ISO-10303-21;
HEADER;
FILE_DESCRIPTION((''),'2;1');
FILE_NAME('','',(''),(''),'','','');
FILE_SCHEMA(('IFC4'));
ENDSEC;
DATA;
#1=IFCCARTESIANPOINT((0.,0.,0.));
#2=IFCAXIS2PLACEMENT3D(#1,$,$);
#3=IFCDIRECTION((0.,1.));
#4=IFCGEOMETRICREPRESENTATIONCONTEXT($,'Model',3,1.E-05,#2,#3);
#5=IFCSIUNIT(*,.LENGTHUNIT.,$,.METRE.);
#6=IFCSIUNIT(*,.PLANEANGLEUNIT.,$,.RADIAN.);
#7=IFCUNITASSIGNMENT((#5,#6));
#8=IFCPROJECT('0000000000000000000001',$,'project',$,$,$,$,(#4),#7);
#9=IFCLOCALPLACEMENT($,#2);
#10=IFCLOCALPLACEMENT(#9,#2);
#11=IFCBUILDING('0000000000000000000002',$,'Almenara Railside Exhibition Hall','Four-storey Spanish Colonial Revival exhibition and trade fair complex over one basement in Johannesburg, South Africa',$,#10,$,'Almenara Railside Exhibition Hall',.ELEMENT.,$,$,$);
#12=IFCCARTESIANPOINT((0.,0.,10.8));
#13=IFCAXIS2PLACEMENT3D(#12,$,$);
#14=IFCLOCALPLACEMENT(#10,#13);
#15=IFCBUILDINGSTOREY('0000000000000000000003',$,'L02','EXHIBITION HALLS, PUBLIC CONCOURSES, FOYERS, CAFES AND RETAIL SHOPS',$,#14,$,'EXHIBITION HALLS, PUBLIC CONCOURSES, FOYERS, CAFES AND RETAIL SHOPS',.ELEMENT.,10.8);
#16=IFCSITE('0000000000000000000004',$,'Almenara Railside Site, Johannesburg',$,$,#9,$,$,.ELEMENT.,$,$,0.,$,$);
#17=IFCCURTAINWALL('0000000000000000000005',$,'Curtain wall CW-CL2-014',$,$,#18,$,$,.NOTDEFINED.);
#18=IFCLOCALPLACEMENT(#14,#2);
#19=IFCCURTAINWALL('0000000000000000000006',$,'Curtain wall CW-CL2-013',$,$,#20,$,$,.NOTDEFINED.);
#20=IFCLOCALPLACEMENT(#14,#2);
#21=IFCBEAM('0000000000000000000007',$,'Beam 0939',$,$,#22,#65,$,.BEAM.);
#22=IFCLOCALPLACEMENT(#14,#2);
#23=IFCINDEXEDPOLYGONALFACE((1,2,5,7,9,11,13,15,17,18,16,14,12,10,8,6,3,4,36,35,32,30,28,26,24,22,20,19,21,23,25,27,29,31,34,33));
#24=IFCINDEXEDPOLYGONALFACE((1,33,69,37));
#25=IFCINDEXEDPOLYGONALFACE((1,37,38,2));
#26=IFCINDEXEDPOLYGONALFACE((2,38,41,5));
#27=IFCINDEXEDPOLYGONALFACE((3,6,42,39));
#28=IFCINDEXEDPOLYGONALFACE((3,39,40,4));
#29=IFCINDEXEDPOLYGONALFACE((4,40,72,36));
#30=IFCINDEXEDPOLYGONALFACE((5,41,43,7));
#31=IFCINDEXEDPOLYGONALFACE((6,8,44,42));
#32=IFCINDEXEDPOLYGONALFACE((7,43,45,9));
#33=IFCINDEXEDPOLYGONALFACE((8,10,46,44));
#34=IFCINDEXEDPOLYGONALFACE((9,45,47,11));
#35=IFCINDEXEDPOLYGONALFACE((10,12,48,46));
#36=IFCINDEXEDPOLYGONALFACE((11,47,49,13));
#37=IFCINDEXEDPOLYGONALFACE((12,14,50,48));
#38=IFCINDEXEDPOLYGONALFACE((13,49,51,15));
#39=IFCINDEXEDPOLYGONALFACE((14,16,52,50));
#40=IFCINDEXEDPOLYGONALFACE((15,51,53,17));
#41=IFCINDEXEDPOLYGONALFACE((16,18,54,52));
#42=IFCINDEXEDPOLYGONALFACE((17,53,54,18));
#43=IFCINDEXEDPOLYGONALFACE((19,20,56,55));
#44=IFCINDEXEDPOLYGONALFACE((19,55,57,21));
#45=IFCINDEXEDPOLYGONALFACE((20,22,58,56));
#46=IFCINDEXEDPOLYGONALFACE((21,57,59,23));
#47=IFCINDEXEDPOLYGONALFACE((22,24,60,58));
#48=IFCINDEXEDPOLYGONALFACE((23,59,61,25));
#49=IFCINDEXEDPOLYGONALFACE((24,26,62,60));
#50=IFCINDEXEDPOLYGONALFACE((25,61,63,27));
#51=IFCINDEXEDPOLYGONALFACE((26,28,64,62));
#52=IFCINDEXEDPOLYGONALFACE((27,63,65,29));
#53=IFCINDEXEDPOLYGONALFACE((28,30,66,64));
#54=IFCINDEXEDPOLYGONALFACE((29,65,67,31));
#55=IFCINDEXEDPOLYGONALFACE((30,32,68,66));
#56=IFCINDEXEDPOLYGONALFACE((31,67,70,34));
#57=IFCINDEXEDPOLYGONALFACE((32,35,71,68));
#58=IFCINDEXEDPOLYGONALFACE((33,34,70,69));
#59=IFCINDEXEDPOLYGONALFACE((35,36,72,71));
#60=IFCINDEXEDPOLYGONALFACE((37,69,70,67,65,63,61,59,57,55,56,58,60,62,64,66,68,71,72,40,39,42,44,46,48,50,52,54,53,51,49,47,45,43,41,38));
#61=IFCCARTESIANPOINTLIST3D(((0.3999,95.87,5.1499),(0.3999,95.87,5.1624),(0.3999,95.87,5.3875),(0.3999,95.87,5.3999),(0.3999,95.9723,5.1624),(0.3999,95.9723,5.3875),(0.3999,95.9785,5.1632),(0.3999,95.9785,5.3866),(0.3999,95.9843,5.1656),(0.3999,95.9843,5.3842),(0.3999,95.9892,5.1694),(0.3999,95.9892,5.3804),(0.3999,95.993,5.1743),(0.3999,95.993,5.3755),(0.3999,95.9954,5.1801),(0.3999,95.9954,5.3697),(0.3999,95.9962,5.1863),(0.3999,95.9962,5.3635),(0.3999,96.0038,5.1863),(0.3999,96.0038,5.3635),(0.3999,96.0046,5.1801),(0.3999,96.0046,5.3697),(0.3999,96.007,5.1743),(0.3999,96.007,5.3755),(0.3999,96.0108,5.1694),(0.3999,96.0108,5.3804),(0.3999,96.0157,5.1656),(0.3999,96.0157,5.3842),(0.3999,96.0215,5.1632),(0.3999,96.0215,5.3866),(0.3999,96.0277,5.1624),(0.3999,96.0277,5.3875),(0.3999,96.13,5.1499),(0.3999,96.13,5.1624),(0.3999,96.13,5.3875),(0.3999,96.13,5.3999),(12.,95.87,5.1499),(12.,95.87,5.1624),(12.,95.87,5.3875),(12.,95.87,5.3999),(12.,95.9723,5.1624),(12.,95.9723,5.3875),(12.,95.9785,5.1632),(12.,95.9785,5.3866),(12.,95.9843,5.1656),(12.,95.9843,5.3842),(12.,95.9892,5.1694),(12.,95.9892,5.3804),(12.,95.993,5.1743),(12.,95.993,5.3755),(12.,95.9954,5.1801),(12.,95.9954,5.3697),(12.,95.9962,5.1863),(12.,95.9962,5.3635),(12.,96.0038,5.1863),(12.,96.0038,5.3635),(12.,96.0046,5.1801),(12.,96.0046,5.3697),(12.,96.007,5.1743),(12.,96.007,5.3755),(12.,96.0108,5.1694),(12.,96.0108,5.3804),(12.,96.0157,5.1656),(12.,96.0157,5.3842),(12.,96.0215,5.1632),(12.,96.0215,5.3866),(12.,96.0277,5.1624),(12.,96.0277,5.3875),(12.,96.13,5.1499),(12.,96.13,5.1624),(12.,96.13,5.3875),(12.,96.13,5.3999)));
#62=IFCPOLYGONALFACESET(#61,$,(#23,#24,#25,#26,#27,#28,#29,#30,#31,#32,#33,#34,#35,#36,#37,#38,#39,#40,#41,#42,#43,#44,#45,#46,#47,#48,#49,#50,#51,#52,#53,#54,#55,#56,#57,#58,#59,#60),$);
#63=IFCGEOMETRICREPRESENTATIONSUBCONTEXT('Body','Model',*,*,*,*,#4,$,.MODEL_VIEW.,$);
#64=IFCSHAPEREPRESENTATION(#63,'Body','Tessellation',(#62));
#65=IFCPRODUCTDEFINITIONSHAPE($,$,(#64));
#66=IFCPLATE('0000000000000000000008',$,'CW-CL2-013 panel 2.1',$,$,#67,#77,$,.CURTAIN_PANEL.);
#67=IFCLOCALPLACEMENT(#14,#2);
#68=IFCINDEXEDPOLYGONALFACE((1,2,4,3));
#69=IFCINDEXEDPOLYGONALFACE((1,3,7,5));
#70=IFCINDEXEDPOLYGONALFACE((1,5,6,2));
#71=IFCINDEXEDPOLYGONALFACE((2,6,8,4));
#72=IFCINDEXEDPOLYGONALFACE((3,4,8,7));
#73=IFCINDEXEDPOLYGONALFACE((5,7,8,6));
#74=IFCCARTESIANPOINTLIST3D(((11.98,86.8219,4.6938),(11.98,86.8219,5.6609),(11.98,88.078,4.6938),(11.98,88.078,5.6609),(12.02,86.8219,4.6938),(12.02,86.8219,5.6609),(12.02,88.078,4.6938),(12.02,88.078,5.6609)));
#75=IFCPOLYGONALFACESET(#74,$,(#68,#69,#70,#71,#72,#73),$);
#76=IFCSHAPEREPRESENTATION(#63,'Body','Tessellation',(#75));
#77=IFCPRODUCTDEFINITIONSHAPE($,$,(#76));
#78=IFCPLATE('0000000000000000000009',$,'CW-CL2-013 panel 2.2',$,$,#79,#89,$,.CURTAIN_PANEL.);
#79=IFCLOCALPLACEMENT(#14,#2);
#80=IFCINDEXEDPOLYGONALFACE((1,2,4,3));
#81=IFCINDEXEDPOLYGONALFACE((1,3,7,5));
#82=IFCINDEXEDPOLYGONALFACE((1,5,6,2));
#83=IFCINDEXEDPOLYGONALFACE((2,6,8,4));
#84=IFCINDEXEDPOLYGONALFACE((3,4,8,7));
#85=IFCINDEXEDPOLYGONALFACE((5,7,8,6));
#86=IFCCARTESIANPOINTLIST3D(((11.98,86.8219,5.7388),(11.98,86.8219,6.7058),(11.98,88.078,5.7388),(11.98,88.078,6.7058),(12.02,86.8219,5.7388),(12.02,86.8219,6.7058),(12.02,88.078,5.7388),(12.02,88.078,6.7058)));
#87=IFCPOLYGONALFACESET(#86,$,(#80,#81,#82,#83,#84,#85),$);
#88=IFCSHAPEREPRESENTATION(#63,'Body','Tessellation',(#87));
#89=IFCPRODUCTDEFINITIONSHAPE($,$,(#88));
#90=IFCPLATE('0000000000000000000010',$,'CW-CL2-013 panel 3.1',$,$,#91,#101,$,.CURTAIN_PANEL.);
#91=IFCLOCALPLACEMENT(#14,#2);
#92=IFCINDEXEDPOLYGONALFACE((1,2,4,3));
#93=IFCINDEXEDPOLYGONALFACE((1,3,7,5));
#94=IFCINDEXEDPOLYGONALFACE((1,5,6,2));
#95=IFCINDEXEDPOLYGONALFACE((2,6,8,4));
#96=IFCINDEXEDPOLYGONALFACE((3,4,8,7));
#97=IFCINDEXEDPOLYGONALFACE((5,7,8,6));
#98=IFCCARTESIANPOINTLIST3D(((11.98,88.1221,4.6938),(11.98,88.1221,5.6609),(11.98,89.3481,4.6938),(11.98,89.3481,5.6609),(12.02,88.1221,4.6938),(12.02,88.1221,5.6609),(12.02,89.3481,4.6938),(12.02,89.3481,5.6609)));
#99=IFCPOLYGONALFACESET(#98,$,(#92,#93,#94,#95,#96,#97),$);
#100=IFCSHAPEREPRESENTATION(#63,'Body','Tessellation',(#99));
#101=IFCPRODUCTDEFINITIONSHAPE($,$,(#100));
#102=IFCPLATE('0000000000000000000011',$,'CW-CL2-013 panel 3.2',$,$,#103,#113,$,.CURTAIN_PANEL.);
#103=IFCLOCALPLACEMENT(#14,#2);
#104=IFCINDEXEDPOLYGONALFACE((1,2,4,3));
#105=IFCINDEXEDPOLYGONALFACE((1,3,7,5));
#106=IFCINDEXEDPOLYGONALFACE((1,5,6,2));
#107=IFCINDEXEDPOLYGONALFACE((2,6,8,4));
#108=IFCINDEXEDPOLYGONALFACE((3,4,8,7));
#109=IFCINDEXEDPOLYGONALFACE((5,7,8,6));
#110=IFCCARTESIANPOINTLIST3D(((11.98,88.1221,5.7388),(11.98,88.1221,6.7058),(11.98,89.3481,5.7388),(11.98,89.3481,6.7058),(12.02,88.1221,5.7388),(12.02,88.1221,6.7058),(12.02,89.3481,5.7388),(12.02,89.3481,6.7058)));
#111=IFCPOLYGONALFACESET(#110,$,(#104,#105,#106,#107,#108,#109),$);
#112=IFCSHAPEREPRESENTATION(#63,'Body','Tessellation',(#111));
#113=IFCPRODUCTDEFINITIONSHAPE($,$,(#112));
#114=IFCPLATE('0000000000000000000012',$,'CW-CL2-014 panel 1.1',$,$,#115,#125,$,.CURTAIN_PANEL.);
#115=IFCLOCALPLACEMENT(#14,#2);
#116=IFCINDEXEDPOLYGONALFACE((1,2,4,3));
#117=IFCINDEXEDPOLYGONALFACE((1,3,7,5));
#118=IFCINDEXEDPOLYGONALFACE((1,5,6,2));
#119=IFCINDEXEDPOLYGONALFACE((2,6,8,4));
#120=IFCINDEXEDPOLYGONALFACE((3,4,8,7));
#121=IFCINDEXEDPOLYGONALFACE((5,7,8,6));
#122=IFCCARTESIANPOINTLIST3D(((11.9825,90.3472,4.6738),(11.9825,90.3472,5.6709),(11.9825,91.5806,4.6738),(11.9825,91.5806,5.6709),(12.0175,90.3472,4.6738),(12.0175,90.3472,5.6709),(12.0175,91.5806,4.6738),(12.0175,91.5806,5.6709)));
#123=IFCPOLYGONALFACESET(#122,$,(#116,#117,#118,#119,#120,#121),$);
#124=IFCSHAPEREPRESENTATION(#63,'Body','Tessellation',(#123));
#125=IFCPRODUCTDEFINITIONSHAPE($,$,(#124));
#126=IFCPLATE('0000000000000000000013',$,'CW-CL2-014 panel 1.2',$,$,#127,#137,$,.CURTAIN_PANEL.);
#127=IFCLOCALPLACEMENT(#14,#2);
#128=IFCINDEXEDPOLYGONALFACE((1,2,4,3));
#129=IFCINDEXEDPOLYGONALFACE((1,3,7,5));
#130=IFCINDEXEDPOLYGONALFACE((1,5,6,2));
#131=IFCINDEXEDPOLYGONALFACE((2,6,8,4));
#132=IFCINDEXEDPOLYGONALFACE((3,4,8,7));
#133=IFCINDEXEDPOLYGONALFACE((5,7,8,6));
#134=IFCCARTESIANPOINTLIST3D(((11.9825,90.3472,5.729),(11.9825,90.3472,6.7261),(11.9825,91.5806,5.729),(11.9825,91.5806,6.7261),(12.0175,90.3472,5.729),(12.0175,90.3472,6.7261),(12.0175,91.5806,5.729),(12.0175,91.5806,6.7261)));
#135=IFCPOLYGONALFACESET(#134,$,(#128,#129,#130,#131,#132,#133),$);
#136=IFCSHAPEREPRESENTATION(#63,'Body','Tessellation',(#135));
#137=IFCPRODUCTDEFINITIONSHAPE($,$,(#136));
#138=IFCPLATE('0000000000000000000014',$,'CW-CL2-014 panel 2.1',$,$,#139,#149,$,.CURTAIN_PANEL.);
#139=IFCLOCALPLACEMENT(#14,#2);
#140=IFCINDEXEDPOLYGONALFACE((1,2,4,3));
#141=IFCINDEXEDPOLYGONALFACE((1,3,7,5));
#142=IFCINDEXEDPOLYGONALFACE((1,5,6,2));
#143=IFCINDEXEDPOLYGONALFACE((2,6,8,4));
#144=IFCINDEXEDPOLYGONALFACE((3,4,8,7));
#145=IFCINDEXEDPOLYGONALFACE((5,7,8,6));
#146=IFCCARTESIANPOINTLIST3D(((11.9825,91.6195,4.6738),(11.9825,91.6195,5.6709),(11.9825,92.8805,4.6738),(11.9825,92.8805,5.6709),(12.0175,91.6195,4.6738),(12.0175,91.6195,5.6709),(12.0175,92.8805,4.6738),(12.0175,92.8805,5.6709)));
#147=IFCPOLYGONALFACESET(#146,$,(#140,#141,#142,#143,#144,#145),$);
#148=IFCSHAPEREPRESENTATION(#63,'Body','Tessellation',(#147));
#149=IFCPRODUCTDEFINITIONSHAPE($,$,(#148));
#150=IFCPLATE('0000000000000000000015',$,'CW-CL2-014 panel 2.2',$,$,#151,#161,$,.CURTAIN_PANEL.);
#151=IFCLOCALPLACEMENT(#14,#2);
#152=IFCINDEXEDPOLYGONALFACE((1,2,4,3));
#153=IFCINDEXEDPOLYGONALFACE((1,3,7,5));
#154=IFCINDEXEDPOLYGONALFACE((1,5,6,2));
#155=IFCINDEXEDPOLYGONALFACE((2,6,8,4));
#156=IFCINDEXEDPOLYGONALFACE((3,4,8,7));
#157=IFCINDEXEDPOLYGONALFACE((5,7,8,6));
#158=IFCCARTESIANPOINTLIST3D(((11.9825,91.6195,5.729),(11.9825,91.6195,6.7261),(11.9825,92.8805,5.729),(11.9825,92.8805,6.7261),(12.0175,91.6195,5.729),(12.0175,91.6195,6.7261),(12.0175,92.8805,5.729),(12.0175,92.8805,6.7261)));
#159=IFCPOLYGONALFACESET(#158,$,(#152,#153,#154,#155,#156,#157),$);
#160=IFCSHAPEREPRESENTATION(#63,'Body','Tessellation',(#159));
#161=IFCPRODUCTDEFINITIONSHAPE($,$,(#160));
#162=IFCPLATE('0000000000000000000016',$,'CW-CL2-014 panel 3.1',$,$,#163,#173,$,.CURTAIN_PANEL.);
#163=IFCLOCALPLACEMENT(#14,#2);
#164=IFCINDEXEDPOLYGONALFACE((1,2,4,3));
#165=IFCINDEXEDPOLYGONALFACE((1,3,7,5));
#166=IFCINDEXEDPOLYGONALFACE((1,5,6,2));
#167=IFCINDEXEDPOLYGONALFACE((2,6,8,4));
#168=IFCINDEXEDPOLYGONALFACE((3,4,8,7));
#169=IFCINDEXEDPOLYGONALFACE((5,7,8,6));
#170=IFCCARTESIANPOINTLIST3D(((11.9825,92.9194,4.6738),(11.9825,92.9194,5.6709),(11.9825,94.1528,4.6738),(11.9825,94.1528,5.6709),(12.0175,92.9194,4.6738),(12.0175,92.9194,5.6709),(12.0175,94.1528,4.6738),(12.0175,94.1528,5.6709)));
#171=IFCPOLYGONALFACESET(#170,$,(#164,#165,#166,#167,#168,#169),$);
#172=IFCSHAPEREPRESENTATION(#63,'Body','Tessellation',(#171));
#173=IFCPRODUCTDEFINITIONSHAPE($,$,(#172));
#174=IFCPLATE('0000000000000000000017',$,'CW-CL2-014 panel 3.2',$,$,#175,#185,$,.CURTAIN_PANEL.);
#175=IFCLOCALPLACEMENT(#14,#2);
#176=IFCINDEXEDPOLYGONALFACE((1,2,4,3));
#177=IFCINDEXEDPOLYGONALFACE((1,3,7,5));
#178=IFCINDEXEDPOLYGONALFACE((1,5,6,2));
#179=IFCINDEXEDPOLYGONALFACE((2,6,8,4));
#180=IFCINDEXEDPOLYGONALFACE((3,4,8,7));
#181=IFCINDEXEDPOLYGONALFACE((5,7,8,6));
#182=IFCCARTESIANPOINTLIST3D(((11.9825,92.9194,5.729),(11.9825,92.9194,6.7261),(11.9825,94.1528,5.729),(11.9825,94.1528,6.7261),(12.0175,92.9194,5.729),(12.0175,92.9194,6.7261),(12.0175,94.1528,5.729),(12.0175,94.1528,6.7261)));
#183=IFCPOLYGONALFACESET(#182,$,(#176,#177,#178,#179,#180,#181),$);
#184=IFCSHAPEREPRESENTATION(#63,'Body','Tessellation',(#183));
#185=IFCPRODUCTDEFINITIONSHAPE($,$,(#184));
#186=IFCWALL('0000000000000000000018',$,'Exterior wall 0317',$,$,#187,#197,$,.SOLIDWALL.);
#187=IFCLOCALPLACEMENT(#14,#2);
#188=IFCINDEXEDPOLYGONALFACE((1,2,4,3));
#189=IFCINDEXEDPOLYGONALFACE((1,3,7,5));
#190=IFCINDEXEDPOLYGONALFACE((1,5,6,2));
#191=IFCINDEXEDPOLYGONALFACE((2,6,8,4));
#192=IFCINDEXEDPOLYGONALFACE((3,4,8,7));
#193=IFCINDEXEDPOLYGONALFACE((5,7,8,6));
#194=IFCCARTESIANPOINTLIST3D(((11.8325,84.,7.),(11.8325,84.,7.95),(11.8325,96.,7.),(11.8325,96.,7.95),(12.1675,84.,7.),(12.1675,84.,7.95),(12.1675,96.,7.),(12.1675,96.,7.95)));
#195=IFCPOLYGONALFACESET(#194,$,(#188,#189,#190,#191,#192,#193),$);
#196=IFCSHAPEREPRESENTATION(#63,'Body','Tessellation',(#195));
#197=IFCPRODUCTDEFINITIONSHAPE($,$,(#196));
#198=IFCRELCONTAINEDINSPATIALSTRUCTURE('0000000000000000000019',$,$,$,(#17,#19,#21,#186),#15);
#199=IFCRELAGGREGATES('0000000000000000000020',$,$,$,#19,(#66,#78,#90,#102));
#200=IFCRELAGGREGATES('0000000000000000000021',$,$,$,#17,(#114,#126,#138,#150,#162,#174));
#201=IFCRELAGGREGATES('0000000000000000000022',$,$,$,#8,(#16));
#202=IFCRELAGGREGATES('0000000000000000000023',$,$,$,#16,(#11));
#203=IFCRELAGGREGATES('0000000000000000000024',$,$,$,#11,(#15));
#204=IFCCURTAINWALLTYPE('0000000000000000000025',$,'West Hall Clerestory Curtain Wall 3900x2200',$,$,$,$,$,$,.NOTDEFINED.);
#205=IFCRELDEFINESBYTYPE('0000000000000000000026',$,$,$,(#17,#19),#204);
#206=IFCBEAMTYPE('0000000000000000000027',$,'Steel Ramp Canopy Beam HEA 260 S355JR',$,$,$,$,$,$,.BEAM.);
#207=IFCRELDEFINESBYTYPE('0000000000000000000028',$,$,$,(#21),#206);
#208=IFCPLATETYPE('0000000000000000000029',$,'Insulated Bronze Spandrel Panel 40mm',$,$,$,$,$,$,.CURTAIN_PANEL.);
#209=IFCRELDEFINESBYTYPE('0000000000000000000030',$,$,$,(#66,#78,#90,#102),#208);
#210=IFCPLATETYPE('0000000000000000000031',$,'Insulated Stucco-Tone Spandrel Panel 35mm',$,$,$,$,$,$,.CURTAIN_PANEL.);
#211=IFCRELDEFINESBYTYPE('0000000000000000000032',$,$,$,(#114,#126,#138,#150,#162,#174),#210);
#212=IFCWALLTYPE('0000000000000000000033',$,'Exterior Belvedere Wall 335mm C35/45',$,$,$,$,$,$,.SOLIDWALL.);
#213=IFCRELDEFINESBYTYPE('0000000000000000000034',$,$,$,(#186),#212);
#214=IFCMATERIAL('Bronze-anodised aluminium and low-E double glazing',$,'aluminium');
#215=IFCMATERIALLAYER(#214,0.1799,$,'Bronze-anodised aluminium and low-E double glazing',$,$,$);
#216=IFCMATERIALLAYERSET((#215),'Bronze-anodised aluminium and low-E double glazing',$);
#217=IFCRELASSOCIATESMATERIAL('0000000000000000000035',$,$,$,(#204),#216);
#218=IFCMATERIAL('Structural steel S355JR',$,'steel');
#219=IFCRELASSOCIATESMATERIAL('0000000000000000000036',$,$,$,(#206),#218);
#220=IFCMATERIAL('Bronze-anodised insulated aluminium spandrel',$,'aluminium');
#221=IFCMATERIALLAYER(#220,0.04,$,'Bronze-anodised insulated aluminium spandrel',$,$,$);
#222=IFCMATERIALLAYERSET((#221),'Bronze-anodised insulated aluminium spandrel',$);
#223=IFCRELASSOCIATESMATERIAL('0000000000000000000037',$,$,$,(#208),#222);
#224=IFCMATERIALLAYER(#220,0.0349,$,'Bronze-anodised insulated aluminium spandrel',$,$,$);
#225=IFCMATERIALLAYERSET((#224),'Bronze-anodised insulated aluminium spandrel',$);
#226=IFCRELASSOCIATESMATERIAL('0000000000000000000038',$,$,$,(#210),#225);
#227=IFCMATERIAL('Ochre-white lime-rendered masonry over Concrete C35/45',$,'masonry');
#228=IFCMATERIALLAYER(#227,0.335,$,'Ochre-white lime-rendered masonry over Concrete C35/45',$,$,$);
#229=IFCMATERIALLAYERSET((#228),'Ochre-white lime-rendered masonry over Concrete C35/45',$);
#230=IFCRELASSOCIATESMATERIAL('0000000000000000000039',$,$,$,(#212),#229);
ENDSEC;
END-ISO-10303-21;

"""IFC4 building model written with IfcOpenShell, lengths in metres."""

from ifc_helpers import new_model, si_unit, direction, frame, frame_2d, origin, origin_2d, place, context, subcontext, project, spatial, rectangle, i_section, extrude, material, layer, layer_set, material_profile, profile_set, type_object, element, aggregate, save


model = new_model("IFC4")

# Units and contexts
model_context = context("Model", 3, precision=1e-05, world=origin(), true_north=direction((0.0, 1.0)))
body_context = subcontext(model_context, "Body", "Model", "MODEL_VIEW")
ifc_project = project(units=[si_unit("LENGTHUNIT", "METRE"), si_unit("PLANEANGLEUNIT", "RADIAN")], contexts=[model_context])

# Site, building, storey
site_placement = place(None, origin())
site = spatial("IfcSite", under=ifc_project, at=site_placement, Name="Almenara Railside Site, Johannesburg", CompositionType="ELEMENT", RefElevation=0.0)
building_placement = place(site_placement, origin())
building = spatial("IfcBuilding", under=site, at=building_placement, Name="Almenara Railside Exhibition Hall", Description="Four-storey Spanish Colonial Revival exhibition and trade fair complex over one basement in Johannesburg, South Africa", LongName="Almenara Railside Exhibition Hall", CompositionType="ELEMENT")
storey_placement = place(building_placement, frame((0.0, 0.0, 10.8)))
storey = spatial("IfcBuildingStorey", under=building, at=storey_placement, Name="L02", Description="EXHIBITION HALLS, PUBLIC CONCOURSES, FOYERS, CAFES AND RETAIL SHOPS", LongName="EXHIBITION HALLS, PUBLIC CONCOURSES, FOYERS, CAFES AND RETAIL SHOPS", CompositionType="ELEMENT", Elevation=10.8)

# Shared definitions
ifc_material_1 = material(Name="Structural steel S355JR", Category="steel")

# Curtain walls
ifc_material_2 = material(Name="Bronze-anodised aluminium and low-E double glazing", Category="aluminium")
ifc_layer_1 = layer(ifc_material_2, 0.1799, Name="Bronze-anodised aluminium and low-E double glazing")
ifc_layer_set_1 = layer_set([ifc_layer_1], Name="Bronze-anodised aluminium and low-E double glazing")
curtain_wall_type_1 = type_object("IfcCurtainWallType", Name="West Hall Clerestory Curtain Wall 3900x2200", PredefinedType="NOTDEFINED", material=ifc_layer_set_1)
curtain_wall_1_placement = place(storey_placement, origin())
curtain_wall_1 = element("IfcCurtainWall", 1, at=curtain_wall_1_placement, inside=storey, type_object=curtain_wall_type_1, Name="Curtain wall CW-CL2-014", PredefinedType="NOTDEFINED")
curtain_wall_2_placement = place(storey_placement, origin())
curtain_wall_2 = element("IfcCurtainWall", 2, at=curtain_wall_2_placement, inside=storey, type_object=curtain_wall_type_1, Name="Curtain wall CW-CL2-013", PredefinedType="NOTDEFINED")

# Beam
ifc_material_profile_1 = material_profile(ifc_material_1, i_section(OverallWidth=0.26, OverallDepth=0.25, WebThickness=0.0076, FlangeThickness=0.0125, FilletRadius=0.0239, at=origin_2d()), Name="HEA 260")
ifc_profile_set_1 = profile_set([ifc_material_profile_1], Name="Structural steel S355JR")
beam_type_1 = type_object("IfcBeamType", Name="Steel Ramp Canopy Beam HEA 260 S355JR", PredefinedType="BEAM", material=ifc_profile_set_1)
beam_1_placement = place(storey_placement, frame((0.3999, 96.0, 5.2749), z_axis=(1.0, 0.0, 0.0), x_axis=(0.0, 1.0, 0.0)))
element("IfcBeam", 3, at=beam_1_placement, inside=storey, type_object=beam_type_1, Name="Beam 0939", PredefinedType="BEAM", context=body_context, shape_type="SweptSolid", body=[
    extrude(i_section(OverallWidth=0.26, OverallDepth=0.25, WebThickness=0.0076, FlangeThickness=0.0125, FilletRadius=0.0239, at=origin_2d()), origin(), (0.0, 0.0, 1.0), 11.6001),
])

# Plates
ifc_material_3 = material(Name="Bronze-anodised insulated aluminium spandrel", Category="aluminium")
ifc_layer_2 = layer(ifc_material_3, 0.04, Name="Bronze-anodised insulated aluminium spandrel")
ifc_layer_set_2 = layer_set([ifc_layer_2], Name="Bronze-anodised insulated aluminium spandrel")
plate_type_1 = type_object("IfcPlateType", Name="Insulated Bronze Spandrel Panel 40mm", PredefinedType="CURTAIN_PANEL", material=ifc_layer_set_2)
plate_1_placement = place(storey_placement, frame((12.0, 87.45, 4.6938), z_axis=(0.0, 0.0, 1.0), x_axis=(0.0, 1.0, 0.0)))
plate_1 = element("IfcPlate", 4, at=plate_1_placement, type_object=plate_type_1, Name="CW-CL2-013 panel 2.1", PredefinedType="CURTAIN_PANEL", context=body_context, shape_type="SweptSolid", body=[
    extrude(rectangle(XDim=1.2561, YDim=0.04, at=origin_2d()), origin(), (0.0, 0.0, 1.0), 0.967),
])
plate_2_placement = place(storey_placement, frame((12.0, 87.45, 5.7388), z_axis=(0.0, 0.0, 1.0), x_axis=(0.0, 1.0, 0.0)))
plate_2 = element("IfcPlate", 5, at=plate_2_placement, type_object=plate_type_1, Name="CW-CL2-013 panel 2.2", PredefinedType="CURTAIN_PANEL", context=body_context, shape_type="SweptSolid", body=[
    extrude(rectangle(XDim=1.2561, YDim=0.04, at=origin_2d()), origin(), (0.0, 0.0, 1.0), 0.967),
])
plate_3_placement = place(storey_placement, frame((12.0, 88.7351, 4.6938), z_axis=(0.0, 0.0, 1.0), x_axis=(0.0, 1.0, 0.0)))
plate_3 = element("IfcPlate", 6, at=plate_3_placement, type_object=plate_type_1, Name="CW-CL2-013 panel 3.1", PredefinedType="CURTAIN_PANEL", context=body_context, shape_type="SweptSolid", body=[
    extrude(rectangle(XDim=1.2261, YDim=0.04, at=origin_2d()), origin(), (0.0, 0.0, 1.0), 0.967),
])
plate_4_placement = place(storey_placement, frame((12.0, 88.7351, 5.7388), z_axis=(0.0, 0.0, 1.0), x_axis=(0.0, 1.0, 0.0)))
plate_4 = element("IfcPlate", 7, at=plate_4_placement, type_object=plate_type_1, Name="CW-CL2-013 panel 3.2", PredefinedType="CURTAIN_PANEL", context=body_context, shape_type="SweptSolid", body=[
    extrude(rectangle(XDim=1.2261, YDim=0.04, at=origin_2d()), origin(), (0.0, 0.0, 1.0), 0.967),
])
aggregate(curtain_wall_2, [plate_1, plate_2, plate_3, plate_4])
ifc_layer_3 = layer(ifc_material_3, 0.0349, Name="Bronze-anodised insulated aluminium spandrel")
ifc_layer_set_3 = layer_set([ifc_layer_3], Name="Bronze-anodised insulated aluminium spandrel")
plate_type_2 = type_object("IfcPlateType", Name="Insulated Stucco-Tone Spandrel Panel 35mm", PredefinedType="CURTAIN_PANEL", material=ifc_layer_set_3)
plate_5_placement = place(storey_placement, frame((12.0, 90.9639, 4.6738), z_axis=(0.0, 0.0, 1.0), x_axis=(0.0, 1.0, 0.0)))
plate_5 = element("IfcPlate", 8, at=plate_5_placement, type_object=plate_type_2, Name="CW-CL2-014 panel 1.1", PredefinedType="CURTAIN_PANEL", context=body_context, shape_type="SweptSolid", body=[
    extrude(rectangle(XDim=1.2334, YDim=0.0349, at=origin_2d()), origin(), (0.0, 0.0, 1.0), 0.9971),
])
plate_6_placement = place(storey_placement, frame((12.0, 90.9639, 5.729), z_axis=(0.0, 0.0, 1.0), x_axis=(0.0, 1.0, 0.0)))
plate_6 = element("IfcPlate", 9, at=plate_6_placement, type_object=plate_type_2, Name="CW-CL2-014 panel 1.2", PredefinedType="CURTAIN_PANEL", context=body_context, shape_type="SweptSolid", body=[
    extrude(rectangle(XDim=1.2334, YDim=0.0349, at=origin_2d()), origin(), (0.0, 0.0, 1.0), 0.9971),
])
plate_7_placement = place(storey_placement, frame((12.0, 92.25, 4.6738), z_axis=(0.0, 0.0, 1.0), x_axis=(0.0, 1.0, 0.0)))
plate_7 = element("IfcPlate", 10, at=plate_7_placement, type_object=plate_type_2, Name="CW-CL2-014 panel 2.1", PredefinedType="CURTAIN_PANEL", context=body_context, shape_type="SweptSolid", body=[
    extrude(rectangle(XDim=1.261, YDim=0.0349, at=origin_2d()), origin(), (0.0, 0.0, 1.0), 0.9971),
])
plate_8_placement = place(storey_placement, frame((12.0, 92.25, 5.729), z_axis=(0.0, 0.0, 1.0), x_axis=(0.0, 1.0, 0.0)))
plate_8 = element("IfcPlate", 11, at=plate_8_placement, type_object=plate_type_2, Name="CW-CL2-014 panel 2.2", PredefinedType="CURTAIN_PANEL", context=body_context, shape_type="SweptSolid", body=[
    extrude(rectangle(XDim=1.261, YDim=0.0349, at=origin_2d()), origin(), (0.0, 0.0, 1.0), 0.9971),
])
plate_9_placement = place(storey_placement, frame((12.0, 93.5361, 4.6738), z_axis=(0.0, 0.0, 1.0), x_axis=(0.0, 1.0, 0.0)))
plate_9 = element("IfcPlate", 12, at=plate_9_placement, type_object=plate_type_2, Name="CW-CL2-014 panel 3.1", PredefinedType="CURTAIN_PANEL", context=body_context, shape_type="SweptSolid", body=[
    extrude(rectangle(XDim=1.2334, YDim=0.0349, at=origin_2d()), origin(), (0.0, 0.0, 1.0), 0.9971),
])
plate_10_placement = place(storey_placement, frame((12.0, 93.5361, 5.729), z_axis=(0.0, 0.0, 1.0), x_axis=(0.0, 1.0, 0.0)))
plate_10 = element("IfcPlate", 13, at=plate_10_placement, type_object=plate_type_2, Name="CW-CL2-014 panel 3.2", PredefinedType="CURTAIN_PANEL", context=body_context, shape_type="SweptSolid", body=[
    extrude(rectangle(XDim=1.2334, YDim=0.0349, at=origin_2d()), origin(), (0.0, 0.0, 1.0), 0.9971),
])
aggregate(curtain_wall_1, [plate_5, plate_6, plate_7, plate_8, plate_9, plate_10])

# Wall
ifc_material_4 = material(Name="Ochre-white lime-rendered masonry over Concrete C35/45", Category="masonry")
ifc_layer_4 = layer(ifc_material_4, 0.335, Name="Ochre-white lime-rendered masonry over Concrete C35/45")
ifc_layer_set_4 = layer_set([ifc_layer_4], Name="Ochre-white lime-rendered masonry over Concrete C35/45")
wall_type_1 = type_object("IfcWallType", Name="Exterior Belvedere Wall 335mm C35/45", PredefinedType="SOLIDWALL", material=ifc_layer_set_4)
wall_1_placement = place(storey_placement, frame((12.0, 96.0, 7.0), z_axis=(0.0, 0.0, 1.0), x_axis=(0.0, -1.0, 0.0)))
element("IfcWall", 14, at=wall_1_placement, inside=storey, type_object=wall_type_1, Name="Exterior wall 0317", PredefinedType="SOLIDWALL", context=body_context, shape_type="SweptSolid", body=[
    extrude(rectangle(XDim=12.0, YDim=0.335, at=frame_2d((6.0, 0.0))), origin(), (0.0, 0.0, 1.0), 0.95),
])

save(model, "model.ifc")
